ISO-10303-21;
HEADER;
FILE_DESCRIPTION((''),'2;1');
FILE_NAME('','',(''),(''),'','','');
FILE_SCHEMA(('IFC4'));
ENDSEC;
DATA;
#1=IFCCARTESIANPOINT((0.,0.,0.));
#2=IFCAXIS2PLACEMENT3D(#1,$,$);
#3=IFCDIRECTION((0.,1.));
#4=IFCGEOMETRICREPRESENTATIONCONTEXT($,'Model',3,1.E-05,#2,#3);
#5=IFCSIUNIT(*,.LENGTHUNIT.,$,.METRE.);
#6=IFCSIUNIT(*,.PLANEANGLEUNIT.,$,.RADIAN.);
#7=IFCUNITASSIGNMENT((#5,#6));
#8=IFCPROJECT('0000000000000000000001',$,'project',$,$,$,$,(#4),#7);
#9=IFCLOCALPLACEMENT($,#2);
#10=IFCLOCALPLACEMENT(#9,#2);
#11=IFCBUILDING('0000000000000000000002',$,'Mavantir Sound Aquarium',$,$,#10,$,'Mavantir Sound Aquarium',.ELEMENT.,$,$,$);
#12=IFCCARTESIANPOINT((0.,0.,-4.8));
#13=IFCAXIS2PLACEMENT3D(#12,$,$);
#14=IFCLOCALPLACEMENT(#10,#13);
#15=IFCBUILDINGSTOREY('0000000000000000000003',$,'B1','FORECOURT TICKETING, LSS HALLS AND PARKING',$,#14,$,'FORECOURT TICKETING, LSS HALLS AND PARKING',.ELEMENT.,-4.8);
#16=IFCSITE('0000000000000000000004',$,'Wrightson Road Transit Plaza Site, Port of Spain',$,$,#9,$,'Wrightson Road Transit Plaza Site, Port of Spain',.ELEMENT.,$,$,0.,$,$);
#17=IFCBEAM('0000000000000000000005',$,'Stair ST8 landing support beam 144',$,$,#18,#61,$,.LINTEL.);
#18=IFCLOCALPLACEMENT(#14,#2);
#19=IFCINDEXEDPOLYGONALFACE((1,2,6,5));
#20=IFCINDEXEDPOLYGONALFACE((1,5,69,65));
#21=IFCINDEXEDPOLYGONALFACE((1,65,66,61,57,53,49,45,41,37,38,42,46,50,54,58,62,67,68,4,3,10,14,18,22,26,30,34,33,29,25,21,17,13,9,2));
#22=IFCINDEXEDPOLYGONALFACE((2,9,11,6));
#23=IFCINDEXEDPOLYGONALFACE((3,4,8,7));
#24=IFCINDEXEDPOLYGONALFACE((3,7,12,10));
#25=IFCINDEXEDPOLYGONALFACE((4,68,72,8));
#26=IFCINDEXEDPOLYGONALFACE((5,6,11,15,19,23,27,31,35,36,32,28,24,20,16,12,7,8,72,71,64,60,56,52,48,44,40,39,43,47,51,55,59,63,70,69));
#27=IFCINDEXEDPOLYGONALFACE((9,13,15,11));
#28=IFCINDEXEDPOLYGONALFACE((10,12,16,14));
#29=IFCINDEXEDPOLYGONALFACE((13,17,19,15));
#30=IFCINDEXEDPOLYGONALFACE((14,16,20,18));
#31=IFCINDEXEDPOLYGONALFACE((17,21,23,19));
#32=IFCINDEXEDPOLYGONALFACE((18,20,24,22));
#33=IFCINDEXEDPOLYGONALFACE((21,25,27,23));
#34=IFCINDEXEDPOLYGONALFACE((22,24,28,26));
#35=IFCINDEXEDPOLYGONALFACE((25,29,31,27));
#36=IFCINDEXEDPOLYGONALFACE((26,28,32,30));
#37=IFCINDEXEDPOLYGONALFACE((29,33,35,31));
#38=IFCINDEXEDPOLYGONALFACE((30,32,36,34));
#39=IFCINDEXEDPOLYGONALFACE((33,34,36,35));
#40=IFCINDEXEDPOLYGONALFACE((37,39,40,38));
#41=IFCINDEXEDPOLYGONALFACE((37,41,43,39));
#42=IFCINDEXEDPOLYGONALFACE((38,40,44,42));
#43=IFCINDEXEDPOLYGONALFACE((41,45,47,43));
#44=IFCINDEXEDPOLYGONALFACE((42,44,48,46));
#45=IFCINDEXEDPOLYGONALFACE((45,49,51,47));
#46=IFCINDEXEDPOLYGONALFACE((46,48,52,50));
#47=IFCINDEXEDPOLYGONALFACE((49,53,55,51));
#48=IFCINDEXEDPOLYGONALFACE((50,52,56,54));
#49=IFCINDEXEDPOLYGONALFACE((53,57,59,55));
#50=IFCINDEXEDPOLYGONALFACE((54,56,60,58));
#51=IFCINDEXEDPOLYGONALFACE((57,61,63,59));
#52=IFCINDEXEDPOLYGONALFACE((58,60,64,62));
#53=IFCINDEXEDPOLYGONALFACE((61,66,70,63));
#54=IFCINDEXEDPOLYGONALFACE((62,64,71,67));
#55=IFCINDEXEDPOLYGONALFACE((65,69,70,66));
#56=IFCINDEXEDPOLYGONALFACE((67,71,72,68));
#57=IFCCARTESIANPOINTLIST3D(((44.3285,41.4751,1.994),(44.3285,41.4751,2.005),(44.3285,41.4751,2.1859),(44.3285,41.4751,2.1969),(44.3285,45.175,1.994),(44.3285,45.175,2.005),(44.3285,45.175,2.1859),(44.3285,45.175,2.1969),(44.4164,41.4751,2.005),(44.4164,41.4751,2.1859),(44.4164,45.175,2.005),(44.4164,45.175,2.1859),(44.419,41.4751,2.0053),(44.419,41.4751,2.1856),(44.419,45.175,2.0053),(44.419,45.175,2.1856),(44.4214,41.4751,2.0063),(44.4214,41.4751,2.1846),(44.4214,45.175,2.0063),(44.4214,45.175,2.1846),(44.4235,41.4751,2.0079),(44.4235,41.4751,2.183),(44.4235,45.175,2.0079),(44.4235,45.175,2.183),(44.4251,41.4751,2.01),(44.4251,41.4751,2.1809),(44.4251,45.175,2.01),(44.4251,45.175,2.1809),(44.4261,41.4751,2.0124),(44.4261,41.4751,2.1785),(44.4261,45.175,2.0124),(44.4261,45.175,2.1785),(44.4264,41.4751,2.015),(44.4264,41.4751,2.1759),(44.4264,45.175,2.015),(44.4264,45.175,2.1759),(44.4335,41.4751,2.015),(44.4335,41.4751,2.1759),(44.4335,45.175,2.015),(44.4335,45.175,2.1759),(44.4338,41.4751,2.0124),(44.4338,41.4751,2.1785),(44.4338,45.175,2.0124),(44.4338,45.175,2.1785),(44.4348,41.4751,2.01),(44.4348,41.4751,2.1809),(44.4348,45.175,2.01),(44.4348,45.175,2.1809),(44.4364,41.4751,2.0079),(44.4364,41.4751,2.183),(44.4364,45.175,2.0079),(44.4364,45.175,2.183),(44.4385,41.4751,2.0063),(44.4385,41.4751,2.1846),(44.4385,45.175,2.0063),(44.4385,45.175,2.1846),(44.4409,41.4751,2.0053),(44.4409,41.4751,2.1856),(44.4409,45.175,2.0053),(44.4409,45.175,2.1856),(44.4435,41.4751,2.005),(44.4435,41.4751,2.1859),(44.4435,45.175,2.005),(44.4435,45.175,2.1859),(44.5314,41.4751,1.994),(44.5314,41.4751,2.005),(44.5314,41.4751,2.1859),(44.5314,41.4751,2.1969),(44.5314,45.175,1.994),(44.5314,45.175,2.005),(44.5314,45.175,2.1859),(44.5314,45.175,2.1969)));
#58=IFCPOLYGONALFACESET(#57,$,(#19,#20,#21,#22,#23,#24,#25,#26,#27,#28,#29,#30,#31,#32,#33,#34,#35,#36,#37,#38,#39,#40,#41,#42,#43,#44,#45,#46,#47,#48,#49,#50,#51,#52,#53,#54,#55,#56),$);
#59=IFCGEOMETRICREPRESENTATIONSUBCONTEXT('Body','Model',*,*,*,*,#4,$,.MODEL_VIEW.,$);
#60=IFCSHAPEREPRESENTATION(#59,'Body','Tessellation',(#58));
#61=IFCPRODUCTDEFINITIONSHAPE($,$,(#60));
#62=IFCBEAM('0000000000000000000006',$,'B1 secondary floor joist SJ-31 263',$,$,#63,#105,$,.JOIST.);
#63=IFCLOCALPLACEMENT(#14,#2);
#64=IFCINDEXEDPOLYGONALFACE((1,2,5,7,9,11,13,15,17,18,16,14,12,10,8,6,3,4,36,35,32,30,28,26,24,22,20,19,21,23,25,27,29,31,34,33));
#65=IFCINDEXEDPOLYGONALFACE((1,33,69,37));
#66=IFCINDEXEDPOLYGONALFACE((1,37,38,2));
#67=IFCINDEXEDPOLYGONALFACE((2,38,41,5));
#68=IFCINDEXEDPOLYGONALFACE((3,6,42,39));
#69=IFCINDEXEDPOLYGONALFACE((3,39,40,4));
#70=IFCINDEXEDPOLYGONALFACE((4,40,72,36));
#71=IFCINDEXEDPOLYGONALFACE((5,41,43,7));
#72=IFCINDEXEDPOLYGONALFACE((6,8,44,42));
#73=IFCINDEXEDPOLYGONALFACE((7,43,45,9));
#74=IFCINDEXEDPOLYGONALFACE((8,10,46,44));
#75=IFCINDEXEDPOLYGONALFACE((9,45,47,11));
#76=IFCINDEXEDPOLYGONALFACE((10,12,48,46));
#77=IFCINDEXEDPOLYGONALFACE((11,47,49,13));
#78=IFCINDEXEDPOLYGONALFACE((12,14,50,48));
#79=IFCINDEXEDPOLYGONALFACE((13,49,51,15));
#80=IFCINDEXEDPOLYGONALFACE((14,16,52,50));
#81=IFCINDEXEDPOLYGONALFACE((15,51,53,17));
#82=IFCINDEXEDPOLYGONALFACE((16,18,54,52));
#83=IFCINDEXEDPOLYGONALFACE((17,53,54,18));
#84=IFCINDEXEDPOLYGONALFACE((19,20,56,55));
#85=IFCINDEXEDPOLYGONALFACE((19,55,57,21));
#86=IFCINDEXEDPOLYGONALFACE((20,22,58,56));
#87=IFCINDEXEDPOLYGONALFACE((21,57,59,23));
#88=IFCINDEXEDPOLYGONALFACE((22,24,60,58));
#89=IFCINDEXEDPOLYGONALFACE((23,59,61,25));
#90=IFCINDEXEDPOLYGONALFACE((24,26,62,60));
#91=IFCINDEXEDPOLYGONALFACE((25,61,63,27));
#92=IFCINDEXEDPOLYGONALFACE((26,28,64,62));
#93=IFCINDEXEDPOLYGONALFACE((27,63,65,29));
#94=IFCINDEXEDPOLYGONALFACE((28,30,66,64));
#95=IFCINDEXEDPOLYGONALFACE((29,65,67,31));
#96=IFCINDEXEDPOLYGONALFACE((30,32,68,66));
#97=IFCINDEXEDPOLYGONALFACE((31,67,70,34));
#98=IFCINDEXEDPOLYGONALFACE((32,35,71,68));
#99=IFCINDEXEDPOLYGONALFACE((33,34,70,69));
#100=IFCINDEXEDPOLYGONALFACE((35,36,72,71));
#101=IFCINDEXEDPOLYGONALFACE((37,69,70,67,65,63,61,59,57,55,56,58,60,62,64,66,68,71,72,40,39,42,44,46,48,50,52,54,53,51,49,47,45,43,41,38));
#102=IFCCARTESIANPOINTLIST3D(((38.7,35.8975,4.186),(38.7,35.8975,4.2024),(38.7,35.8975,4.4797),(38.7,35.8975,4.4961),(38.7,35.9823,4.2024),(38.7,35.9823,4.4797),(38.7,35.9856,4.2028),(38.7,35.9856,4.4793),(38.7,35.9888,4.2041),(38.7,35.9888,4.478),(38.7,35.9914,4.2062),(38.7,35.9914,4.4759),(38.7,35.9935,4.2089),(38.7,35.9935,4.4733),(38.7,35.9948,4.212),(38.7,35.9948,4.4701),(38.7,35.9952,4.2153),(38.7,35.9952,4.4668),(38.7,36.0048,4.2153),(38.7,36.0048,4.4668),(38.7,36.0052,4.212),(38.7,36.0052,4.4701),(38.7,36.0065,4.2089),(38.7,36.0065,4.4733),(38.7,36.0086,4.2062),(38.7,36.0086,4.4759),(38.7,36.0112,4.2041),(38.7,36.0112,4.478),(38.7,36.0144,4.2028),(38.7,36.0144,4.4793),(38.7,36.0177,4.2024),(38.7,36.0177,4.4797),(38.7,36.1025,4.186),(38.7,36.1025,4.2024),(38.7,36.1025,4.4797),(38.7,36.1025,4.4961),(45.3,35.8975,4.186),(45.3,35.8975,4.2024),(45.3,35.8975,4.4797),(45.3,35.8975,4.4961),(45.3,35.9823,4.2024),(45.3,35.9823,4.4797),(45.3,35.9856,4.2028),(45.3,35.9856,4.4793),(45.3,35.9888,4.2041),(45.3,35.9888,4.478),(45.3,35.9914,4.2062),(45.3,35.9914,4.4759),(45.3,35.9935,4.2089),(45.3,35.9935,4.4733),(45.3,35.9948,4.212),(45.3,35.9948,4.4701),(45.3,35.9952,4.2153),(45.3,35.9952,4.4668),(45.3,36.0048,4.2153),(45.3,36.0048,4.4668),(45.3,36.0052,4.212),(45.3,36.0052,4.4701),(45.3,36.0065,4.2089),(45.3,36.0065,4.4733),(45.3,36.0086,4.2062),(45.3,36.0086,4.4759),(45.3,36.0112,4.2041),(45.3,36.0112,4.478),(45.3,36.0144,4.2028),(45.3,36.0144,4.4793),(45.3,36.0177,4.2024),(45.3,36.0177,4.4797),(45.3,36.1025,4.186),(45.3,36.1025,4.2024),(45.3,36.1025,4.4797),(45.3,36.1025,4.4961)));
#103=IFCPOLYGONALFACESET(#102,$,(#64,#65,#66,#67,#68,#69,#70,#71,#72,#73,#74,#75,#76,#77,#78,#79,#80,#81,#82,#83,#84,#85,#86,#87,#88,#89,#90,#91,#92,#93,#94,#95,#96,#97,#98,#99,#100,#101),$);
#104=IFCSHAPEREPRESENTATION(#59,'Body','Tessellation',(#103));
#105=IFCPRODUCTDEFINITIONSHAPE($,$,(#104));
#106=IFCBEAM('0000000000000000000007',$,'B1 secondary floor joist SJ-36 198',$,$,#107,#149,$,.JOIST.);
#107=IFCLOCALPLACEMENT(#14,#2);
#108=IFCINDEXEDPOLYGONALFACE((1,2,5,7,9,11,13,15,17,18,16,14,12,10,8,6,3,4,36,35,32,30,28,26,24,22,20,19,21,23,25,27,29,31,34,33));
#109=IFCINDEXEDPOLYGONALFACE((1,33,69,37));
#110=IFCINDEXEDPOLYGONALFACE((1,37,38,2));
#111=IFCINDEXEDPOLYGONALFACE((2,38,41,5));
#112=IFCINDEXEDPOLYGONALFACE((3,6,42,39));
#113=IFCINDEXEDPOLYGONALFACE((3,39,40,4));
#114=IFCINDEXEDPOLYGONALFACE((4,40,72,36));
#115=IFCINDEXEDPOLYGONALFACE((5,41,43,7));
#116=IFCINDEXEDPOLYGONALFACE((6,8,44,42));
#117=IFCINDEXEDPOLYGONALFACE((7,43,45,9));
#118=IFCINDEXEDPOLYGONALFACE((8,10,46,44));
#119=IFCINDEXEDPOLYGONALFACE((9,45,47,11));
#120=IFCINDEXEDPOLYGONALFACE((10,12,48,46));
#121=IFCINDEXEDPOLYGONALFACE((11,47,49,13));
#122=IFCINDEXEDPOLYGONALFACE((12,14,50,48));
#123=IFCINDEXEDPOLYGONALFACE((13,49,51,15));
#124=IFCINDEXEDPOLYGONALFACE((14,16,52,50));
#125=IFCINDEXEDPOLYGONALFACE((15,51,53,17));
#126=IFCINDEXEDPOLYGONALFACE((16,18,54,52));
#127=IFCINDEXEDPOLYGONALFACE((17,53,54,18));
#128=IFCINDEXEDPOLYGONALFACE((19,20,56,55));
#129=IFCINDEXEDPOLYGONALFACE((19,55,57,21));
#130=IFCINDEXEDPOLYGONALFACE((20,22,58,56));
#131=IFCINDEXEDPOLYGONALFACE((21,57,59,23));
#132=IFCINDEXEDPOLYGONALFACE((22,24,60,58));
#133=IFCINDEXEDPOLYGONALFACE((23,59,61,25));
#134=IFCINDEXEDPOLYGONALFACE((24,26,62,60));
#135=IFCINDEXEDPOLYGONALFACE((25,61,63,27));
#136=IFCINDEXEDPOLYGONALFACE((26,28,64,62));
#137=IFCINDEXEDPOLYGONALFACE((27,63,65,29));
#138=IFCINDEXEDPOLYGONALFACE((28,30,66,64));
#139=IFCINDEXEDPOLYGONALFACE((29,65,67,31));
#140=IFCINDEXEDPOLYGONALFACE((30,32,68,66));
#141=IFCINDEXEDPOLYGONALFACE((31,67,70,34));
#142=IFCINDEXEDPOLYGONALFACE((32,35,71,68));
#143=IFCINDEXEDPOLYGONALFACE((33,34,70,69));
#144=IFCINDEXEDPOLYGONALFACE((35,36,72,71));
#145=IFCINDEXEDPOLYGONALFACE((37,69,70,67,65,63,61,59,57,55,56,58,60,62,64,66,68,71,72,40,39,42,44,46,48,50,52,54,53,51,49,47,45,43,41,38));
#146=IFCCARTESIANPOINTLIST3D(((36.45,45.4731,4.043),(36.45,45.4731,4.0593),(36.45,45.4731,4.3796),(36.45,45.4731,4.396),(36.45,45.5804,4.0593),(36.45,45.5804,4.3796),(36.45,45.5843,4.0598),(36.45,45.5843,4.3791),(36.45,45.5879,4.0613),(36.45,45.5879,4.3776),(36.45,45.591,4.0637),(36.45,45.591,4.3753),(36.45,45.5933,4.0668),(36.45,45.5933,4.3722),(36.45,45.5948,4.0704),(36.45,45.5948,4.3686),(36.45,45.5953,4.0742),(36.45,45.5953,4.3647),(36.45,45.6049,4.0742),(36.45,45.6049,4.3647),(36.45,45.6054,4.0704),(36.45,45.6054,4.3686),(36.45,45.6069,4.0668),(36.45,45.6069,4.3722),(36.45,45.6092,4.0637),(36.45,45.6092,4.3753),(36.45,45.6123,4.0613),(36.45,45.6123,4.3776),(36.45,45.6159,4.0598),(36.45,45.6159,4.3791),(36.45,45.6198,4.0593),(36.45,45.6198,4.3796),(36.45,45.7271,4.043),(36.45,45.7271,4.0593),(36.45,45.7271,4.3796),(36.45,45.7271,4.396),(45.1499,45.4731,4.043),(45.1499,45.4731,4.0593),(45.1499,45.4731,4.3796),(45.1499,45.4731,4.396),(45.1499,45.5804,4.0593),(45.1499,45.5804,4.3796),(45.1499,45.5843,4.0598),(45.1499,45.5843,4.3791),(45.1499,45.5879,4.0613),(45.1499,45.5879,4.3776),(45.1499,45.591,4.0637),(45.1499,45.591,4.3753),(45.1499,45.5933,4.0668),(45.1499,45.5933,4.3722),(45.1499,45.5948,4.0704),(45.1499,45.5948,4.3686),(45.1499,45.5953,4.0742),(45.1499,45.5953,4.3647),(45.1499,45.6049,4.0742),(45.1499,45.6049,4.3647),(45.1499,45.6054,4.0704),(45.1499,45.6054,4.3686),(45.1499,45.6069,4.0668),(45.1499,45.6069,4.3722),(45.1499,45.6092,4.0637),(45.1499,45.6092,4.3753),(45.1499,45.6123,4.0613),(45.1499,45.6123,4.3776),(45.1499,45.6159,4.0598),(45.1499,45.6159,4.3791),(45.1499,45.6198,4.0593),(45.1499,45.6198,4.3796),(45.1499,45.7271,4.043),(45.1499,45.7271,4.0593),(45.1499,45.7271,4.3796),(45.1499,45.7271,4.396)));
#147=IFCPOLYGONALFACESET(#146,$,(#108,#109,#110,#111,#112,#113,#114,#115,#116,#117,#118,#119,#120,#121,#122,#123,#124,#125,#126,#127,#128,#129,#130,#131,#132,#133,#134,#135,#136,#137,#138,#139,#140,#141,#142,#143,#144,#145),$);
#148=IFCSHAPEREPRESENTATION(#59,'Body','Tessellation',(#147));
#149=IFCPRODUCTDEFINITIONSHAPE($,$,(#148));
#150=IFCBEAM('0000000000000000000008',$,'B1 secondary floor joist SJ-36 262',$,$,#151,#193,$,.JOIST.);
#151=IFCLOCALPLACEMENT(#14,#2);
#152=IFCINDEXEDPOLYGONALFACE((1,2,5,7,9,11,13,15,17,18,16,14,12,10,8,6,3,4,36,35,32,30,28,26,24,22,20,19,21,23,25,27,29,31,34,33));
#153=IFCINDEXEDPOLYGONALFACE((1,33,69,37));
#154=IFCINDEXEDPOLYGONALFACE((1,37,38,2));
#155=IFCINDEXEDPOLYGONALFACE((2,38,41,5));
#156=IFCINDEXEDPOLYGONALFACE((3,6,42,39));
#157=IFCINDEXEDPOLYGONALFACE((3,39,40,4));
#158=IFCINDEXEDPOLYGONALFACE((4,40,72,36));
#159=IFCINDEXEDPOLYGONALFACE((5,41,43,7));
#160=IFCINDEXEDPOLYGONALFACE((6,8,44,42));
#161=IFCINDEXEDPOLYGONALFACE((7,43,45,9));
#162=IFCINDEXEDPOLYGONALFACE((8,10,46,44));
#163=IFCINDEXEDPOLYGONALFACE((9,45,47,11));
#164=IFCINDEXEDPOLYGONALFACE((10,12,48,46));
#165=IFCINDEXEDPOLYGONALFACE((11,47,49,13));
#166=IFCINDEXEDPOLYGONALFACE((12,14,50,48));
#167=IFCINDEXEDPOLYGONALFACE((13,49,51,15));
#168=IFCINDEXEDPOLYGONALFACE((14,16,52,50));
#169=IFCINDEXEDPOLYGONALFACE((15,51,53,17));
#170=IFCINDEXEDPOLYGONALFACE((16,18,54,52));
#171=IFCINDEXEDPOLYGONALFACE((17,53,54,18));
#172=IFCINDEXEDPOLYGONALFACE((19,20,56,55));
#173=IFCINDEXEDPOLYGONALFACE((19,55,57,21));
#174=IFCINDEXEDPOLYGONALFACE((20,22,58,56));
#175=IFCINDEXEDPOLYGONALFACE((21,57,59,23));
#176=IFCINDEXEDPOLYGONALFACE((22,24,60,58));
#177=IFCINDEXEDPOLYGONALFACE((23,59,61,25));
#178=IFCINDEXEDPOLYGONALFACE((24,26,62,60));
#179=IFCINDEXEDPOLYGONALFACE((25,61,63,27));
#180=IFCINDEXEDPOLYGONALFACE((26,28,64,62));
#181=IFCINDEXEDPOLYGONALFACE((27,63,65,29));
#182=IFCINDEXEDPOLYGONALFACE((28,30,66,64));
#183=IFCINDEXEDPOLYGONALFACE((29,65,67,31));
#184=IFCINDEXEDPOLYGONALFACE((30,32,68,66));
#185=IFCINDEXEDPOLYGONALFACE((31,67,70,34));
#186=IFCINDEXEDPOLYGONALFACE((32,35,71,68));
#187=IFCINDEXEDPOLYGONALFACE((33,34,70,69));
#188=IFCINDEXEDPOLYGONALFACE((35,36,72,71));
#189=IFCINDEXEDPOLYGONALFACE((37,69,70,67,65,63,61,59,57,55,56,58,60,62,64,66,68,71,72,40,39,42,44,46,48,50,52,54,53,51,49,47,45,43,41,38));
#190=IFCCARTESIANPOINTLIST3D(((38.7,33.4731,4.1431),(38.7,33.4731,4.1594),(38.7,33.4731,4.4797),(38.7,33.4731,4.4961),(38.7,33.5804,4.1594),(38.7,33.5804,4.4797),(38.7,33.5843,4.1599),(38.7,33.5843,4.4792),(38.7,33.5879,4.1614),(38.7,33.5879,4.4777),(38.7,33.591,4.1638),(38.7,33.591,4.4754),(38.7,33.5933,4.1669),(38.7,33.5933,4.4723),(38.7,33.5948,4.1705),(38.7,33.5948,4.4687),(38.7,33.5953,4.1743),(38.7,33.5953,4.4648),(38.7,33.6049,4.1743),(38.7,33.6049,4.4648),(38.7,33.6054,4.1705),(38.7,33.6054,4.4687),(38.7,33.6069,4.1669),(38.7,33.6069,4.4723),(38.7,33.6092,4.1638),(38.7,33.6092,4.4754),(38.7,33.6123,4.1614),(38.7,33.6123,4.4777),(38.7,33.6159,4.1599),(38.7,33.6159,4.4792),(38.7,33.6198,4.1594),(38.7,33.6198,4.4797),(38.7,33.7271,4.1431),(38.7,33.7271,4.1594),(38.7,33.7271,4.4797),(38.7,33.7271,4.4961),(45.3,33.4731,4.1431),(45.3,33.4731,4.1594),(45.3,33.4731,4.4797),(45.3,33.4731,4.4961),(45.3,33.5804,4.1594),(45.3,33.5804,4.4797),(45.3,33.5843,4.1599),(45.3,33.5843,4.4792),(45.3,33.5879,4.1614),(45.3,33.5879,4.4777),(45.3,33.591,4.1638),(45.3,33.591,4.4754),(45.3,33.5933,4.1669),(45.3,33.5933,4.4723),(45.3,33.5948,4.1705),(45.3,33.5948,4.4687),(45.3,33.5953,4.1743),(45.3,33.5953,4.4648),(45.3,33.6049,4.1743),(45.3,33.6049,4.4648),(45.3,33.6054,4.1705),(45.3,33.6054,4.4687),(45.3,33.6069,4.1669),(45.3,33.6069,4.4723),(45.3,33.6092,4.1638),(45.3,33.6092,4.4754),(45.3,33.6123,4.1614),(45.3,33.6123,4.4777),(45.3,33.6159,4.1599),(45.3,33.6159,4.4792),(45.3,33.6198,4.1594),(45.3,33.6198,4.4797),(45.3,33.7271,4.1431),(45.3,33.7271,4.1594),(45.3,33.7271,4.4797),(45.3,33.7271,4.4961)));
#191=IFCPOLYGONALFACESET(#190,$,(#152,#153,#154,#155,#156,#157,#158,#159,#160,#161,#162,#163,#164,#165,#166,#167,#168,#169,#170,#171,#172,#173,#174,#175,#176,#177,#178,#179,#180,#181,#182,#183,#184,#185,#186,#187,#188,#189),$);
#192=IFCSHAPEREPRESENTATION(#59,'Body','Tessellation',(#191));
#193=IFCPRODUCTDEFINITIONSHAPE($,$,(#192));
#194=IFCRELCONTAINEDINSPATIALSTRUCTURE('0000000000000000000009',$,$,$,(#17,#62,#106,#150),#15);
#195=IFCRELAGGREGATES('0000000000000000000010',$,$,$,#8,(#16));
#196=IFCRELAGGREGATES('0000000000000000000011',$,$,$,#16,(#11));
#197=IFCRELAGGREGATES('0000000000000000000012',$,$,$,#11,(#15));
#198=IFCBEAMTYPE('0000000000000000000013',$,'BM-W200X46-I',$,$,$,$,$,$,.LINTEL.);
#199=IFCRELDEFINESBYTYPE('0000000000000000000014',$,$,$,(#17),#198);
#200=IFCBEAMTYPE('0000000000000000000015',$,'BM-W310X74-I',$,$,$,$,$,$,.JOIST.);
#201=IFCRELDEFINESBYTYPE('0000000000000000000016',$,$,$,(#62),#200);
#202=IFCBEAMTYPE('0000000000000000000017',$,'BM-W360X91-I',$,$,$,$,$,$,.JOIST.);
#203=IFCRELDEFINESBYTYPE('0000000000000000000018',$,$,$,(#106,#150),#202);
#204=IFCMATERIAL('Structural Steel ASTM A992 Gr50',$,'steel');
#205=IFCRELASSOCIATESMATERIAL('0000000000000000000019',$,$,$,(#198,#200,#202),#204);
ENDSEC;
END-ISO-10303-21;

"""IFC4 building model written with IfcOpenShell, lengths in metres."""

from ifc_helpers import new_model, si_unit, direction, frame, origin, origin_2d, place, context, subcontext, project, spatial, i_section, extrude, material, material_profile, profile_set, type_object, element, save


model = new_model("IFC4")

# Units and contexts
model_context = context("Model", 3, precision=1e-05, world=origin(), true_north=direction((0.0, 1.0)))
body_context = subcontext(model_context, "Body", "Model", "MODEL_VIEW")
ifc_project = project(units=[si_unit("LENGTHUNIT", "METRE"), si_unit("PLANEANGLEUNIT", "RADIAN")], contexts=[model_context])

# Site, building, storey
site_placement = place(None, origin())
site = spatial("IfcSite", under=ifc_project, at=site_placement, Name="Wrightson Road Transit Plaza Site, Port of Spain", LongName="Wrightson Road Transit Plaza Site, Port of Spain", CompositionType="ELEMENT", RefElevation=0.0)
building_placement = place(site_placement, origin())
building = spatial("IfcBuilding", under=site, at=building_placement, Name="Mavantir Sound Aquarium", LongName="Mavantir Sound Aquarium", CompositionType="ELEMENT")
storey_placement = place(building_placement, frame((0.0, 0.0, -4.8)))
storey = spatial("IfcBuildingStorey", under=building, at=storey_placement, Name="B1", Description="FORECOURT TICKETING, LSS HALLS AND PARKING", LongName="FORECOURT TICKETING, LSS HALLS AND PARKING", CompositionType="ELEMENT", Elevation=-4.8)

# Beams
ifc_material_1 = material(Name="Structural Steel ASTM A992 Gr50", Category="steel")
ifc_material_profile_1 = material_profile(ifc_material_1, i_section(OverallWidth=0.2029, OverallDepth=0.2029, WebThickness=0.0071, FlangeThickness=0.011, FilletRadius=0.01, at=origin_2d()), Name="W200X46")
ifc_profile_set_1 = profile_set([ifc_material_profile_1], Name="Structural Steel ASTM A992 Gr50")
beam_type_1 = type_object("IfcBeamType", Name="BM-W200X46-I", PredefinedType="LINTEL", material=ifc_profile_set_1)
for number, where, z_axis, x_axis, name in (
    (1, (44.4299, 41.4751, 2.0955), (0.0, 1.0, 0.0), (-1.0, 0.0, 0.0), "Stair ST8 landing support beam 144"),
):
    element("IfcBeam", number, at=place(storey_placement, frame(where, z_axis=z_axis, x_axis=x_axis)), inside=storey, type_object=beam_type_1, Name=name, PredefinedType="LINTEL", context=body_context, shape_type="SweptSolid", body=[
        extrude(i_section(OverallWidth=0.2029, OverallDepth=0.2029, WebThickness=0.0071, FlangeThickness=0.011, FilletRadius=0.01, at=origin_2d()), origin(), (0.0, 0.0, 1.0), 3.7),
    ])
ifc_material_profile_2 = material_profile(ifc_material_1, i_section(OverallWidth=0.2051, OverallDepth=0.3101, WebThickness=0.0095, FlangeThickness=0.0164, FilletRadius=0.0129, at=origin_2d()), Name="W310X74")
ifc_profile_set_2 = profile_set([ifc_material_profile_2], Name="Structural Steel ASTM A992 Gr50")
beam_type_2 = type_object("IfcBeamType", Name="BM-W310X74-I", PredefinedType="JOIST", material=ifc_profile_set_2)
beam_1_placement = place(storey_placement, frame((38.7, 36.0, 4.3411), z_axis=(1.0, 0.0, 0.0), x_axis=(0.0, 1.0, 0.0)))
element("IfcBeam", 2, at=beam_1_placement, inside=storey, type_object=beam_type_2, Name="B1 secondary floor joist SJ-31 263", PredefinedType="JOIST", context=body_context, shape_type="SweptSolid", body=[
    extrude(i_section(OverallWidth=0.2051, OverallDepth=0.3101, WebThickness=0.0095, FlangeThickness=0.0164, FilletRadius=0.0129, at=origin_2d()), origin(), (0.0, 0.0, 1.0), 6.6001),
])
ifc_material_profile_3 = material_profile(ifc_material_1, i_section(OverallWidth=0.2539, OverallDepth=0.353, WebThickness=0.0095, FlangeThickness=0.0164, FilletRadius=0.0149, at=origin_2d()), Name="W360X91")
ifc_profile_set_3 = profile_set([ifc_material_profile_3], Name="Structural Steel ASTM A992 Gr50")
beam_type_3 = type_object("IfcBeamType", Name="BM-W360X91-I", PredefinedType="JOIST", material=ifc_profile_set_3)
beam_2_placement = place(storey_placement, frame((36.45, 45.6001, 4.2195), z_axis=(1.0, 0.0, 0.0), x_axis=(0.0, 1.0, 0.0)))
element("IfcBeam", 3, at=beam_2_placement, inside=storey, type_object=beam_type_3, Name="B1 secondary floor joist SJ-36 198", PredefinedType="JOIST", context=body_context, shape_type="SweptSolid", body=[
    extrude(i_section(OverallWidth=0.2539, OverallDepth=0.353, WebThickness=0.0095, FlangeThickness=0.0164, FilletRadius=0.0149, at=origin_2d()), origin(), (0.0, 0.0, 1.0), 8.7),
])
beam_3_placement = place(storey_placement, frame((38.7, 33.6001, 4.3196), z_axis=(1.0, 0.0, 0.0), x_axis=(0.0, 1.0, 0.0)))
element("IfcBeam", 4, at=beam_3_placement, inside=storey, type_object=beam_type_3, Name="B1 secondary floor joist SJ-36 262", PredefinedType="JOIST", context=body_context, shape_type="SweptSolid", body=[
    extrude(i_section(OverallWidth=0.2539, OverallDepth=0.353, WebThickness=0.0095, FlangeThickness=0.0164, FilletRadius=0.0149, at=origin_2d()), origin(), (0.0, 0.0, 1.0), 6.6001),
])

save(model, "model.ifc")
